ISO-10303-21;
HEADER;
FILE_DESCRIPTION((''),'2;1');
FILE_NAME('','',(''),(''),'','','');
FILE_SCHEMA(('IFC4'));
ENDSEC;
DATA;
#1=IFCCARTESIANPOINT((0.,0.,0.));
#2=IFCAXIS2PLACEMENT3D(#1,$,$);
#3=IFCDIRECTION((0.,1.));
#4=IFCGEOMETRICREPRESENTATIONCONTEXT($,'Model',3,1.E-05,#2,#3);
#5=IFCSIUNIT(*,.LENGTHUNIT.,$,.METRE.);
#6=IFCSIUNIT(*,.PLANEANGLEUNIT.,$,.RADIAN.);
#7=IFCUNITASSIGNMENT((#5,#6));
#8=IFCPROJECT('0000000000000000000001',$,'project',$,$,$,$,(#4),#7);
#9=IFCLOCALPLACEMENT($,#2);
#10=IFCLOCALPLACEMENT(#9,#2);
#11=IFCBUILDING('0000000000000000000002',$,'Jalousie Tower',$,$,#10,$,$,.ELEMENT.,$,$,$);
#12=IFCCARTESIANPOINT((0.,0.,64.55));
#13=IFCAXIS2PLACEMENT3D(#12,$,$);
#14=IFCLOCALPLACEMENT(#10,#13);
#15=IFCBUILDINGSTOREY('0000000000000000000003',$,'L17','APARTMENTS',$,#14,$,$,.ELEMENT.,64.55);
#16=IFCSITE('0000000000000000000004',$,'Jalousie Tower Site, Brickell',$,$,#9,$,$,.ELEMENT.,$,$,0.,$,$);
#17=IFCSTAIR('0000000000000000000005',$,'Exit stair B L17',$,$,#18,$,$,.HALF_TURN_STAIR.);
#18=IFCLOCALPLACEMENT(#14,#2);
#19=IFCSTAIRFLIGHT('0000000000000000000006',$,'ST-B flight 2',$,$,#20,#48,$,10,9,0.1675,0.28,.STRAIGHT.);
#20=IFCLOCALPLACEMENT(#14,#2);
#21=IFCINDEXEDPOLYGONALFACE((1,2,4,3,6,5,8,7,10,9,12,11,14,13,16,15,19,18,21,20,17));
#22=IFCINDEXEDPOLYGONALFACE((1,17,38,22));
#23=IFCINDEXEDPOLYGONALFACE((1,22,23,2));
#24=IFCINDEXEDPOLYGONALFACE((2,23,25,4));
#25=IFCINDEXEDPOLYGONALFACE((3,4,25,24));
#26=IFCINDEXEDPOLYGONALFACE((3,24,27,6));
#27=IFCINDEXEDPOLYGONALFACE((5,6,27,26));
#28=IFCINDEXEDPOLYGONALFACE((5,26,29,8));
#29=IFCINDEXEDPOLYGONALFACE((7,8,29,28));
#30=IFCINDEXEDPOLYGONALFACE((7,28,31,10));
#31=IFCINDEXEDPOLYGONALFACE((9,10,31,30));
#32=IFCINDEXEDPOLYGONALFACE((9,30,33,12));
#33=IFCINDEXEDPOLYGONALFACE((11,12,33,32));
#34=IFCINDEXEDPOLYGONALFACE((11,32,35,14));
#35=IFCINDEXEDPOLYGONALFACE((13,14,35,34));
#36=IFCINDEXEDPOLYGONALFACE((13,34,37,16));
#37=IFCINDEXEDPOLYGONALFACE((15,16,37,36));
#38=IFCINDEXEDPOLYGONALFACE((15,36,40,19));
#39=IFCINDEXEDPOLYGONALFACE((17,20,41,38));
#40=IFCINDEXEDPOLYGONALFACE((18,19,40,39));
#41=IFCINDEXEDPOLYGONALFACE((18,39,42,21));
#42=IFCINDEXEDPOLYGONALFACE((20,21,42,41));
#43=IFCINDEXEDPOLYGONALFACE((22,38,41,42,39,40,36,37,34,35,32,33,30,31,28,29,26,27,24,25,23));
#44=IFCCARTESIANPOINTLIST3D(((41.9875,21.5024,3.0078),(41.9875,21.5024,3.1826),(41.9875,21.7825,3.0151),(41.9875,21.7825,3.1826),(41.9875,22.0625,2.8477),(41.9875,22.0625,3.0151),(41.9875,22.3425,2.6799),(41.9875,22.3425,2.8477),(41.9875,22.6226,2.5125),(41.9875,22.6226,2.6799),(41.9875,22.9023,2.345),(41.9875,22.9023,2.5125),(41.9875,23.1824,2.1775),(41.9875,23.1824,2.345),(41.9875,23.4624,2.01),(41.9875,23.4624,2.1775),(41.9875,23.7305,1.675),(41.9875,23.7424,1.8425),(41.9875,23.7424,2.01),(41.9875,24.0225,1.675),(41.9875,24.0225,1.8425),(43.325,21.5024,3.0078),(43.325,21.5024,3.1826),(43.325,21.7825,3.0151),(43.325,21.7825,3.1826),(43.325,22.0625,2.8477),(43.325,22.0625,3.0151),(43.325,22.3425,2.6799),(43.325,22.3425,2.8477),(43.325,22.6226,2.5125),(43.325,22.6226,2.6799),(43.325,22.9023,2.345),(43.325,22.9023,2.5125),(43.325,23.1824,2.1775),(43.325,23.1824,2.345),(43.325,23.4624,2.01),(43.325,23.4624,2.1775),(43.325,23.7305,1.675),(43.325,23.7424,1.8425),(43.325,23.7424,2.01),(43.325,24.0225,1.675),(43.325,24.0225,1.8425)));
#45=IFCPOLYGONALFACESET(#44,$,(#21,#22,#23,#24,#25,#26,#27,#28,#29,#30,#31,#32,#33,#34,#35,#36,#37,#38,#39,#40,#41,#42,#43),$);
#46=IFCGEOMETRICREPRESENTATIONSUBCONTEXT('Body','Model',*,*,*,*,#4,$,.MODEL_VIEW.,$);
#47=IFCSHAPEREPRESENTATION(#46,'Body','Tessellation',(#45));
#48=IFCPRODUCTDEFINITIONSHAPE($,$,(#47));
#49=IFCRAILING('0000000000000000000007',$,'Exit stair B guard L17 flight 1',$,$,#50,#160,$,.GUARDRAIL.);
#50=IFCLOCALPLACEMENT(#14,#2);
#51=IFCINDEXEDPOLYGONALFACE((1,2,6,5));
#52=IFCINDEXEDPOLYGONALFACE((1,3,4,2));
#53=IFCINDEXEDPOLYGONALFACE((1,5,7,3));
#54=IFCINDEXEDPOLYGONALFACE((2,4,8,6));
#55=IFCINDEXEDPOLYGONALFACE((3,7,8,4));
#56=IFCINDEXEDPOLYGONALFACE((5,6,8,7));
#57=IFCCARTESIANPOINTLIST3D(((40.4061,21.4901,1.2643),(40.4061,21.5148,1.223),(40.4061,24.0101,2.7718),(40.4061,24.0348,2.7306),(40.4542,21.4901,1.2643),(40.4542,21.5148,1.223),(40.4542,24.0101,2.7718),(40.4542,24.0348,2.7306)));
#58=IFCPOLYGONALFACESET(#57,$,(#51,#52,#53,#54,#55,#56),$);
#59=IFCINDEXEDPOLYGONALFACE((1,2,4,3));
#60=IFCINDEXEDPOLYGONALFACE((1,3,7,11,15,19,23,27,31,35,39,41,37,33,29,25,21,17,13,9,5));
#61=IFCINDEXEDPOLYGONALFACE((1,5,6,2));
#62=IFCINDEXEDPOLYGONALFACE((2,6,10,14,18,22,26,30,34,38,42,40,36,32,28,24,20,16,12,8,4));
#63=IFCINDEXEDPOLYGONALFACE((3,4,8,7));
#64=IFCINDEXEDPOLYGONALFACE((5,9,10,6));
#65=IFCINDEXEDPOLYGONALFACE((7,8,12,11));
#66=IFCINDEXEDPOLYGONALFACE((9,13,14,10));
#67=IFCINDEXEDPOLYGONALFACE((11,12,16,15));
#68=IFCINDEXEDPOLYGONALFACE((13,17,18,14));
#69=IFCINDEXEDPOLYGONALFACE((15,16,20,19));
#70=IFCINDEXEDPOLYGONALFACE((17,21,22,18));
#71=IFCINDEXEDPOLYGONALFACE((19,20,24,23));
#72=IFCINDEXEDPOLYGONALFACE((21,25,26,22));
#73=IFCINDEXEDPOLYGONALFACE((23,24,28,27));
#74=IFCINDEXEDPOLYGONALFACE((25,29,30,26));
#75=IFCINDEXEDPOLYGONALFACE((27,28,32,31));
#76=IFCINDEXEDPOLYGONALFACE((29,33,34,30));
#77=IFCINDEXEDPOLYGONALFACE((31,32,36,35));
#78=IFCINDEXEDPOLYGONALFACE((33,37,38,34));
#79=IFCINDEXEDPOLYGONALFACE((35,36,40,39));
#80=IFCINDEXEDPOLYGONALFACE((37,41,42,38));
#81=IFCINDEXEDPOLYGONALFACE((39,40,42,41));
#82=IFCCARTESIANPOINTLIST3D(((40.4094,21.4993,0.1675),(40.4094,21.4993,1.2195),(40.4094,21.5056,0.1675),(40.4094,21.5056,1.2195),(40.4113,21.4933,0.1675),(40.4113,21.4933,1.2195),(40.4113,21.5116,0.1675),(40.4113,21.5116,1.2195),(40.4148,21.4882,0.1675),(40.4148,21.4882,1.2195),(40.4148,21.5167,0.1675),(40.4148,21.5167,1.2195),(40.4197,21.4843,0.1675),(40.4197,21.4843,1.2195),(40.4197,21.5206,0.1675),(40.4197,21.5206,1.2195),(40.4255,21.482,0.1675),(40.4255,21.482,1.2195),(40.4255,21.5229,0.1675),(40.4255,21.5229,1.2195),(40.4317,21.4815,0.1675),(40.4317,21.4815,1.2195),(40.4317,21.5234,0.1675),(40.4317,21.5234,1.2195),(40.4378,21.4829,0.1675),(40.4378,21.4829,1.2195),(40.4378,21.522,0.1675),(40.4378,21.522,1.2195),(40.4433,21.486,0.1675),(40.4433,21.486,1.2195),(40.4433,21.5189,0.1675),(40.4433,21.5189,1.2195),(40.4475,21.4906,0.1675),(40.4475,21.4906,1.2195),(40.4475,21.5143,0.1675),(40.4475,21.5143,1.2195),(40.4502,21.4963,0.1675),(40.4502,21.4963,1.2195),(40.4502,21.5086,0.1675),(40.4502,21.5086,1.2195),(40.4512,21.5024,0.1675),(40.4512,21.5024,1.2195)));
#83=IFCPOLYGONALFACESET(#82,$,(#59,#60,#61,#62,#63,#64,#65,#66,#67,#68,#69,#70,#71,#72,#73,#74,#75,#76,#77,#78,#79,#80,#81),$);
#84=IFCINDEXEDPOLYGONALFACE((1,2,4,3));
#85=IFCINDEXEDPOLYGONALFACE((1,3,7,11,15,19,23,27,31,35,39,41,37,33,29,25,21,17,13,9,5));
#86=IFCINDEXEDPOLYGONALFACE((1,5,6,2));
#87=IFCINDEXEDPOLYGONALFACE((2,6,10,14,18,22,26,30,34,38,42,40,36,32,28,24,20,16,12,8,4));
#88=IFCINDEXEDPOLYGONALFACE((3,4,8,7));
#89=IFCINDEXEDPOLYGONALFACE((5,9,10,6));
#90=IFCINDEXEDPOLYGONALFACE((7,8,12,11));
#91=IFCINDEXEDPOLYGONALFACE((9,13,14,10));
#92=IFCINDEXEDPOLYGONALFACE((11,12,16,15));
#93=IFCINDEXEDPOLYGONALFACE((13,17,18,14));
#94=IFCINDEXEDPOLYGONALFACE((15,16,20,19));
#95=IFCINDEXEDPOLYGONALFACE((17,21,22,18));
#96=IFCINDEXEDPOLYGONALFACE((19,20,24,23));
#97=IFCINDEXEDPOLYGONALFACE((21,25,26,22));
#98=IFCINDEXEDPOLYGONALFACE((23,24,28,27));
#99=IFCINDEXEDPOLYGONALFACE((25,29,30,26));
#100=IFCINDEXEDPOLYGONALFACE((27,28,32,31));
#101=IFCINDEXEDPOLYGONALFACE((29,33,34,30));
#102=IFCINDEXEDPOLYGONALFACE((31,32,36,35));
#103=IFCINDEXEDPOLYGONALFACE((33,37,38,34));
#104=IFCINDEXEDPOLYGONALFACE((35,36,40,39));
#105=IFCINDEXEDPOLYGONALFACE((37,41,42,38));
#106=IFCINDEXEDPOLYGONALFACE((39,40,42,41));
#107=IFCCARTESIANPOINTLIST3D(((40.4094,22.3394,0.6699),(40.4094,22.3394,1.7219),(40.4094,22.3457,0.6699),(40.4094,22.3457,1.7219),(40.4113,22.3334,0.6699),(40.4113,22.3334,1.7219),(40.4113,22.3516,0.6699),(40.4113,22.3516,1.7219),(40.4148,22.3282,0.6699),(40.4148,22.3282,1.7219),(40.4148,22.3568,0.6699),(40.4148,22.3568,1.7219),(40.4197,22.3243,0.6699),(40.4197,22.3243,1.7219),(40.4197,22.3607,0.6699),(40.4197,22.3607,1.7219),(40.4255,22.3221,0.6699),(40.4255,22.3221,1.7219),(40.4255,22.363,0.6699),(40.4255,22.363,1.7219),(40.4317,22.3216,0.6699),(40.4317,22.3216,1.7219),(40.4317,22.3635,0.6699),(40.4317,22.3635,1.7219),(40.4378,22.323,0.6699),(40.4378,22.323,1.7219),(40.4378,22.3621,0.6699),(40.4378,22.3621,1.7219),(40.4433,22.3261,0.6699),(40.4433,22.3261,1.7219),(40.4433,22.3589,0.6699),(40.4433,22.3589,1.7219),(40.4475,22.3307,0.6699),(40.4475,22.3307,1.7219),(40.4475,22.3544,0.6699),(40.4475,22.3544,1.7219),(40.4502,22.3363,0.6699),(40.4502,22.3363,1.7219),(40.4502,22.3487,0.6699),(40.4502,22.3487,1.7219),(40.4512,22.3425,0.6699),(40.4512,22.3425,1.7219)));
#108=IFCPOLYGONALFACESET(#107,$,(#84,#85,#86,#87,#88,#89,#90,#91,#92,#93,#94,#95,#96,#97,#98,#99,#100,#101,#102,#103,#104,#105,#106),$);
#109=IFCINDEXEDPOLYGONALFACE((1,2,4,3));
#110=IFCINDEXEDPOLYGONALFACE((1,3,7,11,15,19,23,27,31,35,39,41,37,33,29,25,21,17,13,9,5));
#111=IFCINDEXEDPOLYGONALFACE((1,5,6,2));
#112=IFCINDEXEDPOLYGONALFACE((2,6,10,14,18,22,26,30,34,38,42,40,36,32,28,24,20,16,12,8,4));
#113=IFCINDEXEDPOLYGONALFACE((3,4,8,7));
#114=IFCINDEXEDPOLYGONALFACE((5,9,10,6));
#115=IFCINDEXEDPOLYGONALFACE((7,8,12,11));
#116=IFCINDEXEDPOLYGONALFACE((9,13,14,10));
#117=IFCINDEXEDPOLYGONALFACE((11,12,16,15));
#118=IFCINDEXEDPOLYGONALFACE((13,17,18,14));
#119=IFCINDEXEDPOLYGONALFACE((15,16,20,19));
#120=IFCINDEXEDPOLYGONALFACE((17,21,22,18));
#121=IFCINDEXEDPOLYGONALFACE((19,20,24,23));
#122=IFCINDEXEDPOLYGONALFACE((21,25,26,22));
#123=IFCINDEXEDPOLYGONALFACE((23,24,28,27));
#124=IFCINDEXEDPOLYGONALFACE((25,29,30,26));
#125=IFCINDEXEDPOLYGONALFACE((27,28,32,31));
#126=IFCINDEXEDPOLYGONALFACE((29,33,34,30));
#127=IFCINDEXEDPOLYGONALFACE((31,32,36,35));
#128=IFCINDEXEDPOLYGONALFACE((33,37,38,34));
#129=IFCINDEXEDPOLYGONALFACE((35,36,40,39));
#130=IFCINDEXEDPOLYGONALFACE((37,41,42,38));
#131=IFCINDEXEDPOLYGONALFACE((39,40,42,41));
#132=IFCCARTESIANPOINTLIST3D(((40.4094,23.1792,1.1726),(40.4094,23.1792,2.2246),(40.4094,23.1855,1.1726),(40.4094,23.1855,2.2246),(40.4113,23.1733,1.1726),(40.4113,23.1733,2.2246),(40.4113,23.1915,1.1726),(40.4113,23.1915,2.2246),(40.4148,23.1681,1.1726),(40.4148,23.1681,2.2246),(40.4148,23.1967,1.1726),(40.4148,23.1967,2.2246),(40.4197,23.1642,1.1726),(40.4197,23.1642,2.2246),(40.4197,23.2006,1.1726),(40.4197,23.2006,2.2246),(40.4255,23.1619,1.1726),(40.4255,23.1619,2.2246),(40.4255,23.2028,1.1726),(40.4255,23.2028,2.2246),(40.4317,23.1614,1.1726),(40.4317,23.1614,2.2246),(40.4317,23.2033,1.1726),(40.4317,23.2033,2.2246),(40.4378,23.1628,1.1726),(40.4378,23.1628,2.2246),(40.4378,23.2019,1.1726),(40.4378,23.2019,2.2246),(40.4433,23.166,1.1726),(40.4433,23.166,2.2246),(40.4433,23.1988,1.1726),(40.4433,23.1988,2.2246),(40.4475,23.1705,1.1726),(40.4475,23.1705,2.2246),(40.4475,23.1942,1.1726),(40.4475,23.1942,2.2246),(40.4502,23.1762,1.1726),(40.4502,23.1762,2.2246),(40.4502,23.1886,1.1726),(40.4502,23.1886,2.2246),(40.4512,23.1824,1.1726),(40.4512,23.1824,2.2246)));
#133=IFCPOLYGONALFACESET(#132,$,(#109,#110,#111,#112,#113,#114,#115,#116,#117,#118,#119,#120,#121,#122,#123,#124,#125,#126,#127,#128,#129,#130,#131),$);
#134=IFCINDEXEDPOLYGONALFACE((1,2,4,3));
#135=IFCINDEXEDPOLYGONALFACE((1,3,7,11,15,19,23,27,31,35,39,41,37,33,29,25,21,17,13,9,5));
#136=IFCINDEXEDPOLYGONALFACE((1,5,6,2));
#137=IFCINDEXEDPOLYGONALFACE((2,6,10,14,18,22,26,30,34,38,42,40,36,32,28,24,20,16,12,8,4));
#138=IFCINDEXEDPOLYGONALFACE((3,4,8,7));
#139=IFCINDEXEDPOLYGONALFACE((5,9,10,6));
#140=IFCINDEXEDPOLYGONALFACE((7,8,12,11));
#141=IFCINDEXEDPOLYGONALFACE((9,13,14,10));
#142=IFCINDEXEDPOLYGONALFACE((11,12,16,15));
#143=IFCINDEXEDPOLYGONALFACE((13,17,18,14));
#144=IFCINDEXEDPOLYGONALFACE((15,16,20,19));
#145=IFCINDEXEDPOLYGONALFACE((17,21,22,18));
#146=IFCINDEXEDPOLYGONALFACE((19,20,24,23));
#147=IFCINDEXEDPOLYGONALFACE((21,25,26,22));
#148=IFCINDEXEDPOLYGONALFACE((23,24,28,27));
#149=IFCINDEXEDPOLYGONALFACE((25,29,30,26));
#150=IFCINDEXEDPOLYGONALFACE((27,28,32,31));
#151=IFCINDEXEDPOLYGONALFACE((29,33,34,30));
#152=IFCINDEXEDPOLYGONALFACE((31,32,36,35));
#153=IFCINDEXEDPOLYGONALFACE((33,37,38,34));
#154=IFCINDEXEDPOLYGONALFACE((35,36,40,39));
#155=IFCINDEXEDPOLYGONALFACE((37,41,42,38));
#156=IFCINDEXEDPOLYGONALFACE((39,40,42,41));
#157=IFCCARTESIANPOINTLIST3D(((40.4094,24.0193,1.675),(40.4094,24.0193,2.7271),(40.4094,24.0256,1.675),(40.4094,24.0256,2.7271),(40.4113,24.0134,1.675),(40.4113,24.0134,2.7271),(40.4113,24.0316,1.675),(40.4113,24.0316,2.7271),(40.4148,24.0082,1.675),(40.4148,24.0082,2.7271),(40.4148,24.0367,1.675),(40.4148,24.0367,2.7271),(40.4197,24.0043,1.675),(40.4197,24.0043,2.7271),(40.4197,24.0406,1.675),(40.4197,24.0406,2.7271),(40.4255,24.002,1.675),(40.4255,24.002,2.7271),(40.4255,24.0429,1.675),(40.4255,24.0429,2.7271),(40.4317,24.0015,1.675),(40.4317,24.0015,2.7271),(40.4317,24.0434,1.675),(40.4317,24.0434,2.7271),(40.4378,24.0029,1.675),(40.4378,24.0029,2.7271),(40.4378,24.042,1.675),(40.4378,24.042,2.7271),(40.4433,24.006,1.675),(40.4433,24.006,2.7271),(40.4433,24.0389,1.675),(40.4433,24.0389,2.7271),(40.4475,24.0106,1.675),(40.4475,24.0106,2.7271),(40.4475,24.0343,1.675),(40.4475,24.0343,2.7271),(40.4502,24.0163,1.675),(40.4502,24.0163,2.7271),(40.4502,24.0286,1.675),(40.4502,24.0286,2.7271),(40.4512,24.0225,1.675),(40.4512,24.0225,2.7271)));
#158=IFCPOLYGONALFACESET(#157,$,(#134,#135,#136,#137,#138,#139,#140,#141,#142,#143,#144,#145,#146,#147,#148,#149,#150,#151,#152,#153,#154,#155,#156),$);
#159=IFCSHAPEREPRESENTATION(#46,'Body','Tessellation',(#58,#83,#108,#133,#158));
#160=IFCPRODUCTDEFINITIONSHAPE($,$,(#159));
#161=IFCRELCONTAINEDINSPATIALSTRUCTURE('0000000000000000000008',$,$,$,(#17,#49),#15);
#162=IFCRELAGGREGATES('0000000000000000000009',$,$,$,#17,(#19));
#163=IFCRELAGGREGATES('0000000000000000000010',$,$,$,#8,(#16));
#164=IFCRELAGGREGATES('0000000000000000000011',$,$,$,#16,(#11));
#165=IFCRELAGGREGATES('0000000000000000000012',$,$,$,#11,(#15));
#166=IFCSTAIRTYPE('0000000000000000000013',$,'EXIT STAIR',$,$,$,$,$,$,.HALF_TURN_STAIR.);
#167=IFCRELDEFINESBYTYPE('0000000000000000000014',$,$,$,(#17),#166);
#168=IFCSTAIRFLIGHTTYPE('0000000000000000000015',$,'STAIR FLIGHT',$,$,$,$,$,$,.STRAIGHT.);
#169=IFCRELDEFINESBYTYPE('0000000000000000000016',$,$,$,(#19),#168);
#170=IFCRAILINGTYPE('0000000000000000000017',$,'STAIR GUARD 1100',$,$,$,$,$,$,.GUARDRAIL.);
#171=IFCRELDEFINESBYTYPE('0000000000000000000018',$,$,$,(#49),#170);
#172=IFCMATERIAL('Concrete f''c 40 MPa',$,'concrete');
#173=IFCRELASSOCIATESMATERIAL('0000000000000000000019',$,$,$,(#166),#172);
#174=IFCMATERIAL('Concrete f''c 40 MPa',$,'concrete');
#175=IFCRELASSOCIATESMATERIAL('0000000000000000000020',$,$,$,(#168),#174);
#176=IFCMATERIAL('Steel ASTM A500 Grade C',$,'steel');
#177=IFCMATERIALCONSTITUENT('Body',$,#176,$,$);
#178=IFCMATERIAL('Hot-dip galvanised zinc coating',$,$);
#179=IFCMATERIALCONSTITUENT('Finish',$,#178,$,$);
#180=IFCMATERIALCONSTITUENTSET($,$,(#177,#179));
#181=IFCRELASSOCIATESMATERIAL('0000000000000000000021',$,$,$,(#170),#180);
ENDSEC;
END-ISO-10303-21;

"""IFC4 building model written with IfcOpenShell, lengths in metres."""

from ifc_helpers import new_model, si_unit, direction, frame, origin, origin_2d, place, context, subcontext, project, spatial, polyline, rectangle, circle, outline, extrude, material, constituent, constituent_set, type_object, element, aggregate, save


model = new_model("IFC4")

# Units and contexts
model_context = context("Model", 3, precision=1e-05, world=origin(), true_north=direction((0.0, 1.0)))
body_context = subcontext(model_context, "Body", "Model", "MODEL_VIEW")
ifc_project = project(units=[si_unit("LENGTHUNIT", "METRE"), si_unit("PLANEANGLEUNIT", "RADIAN")], contexts=[model_context])

# Site, building, storey
site_placement = place(None, origin())
site = spatial("IfcSite", under=ifc_project, at=site_placement, Name="Jalousie Tower Site, Brickell", CompositionType="ELEMENT", RefElevation=0.0)
building_placement = place(site_placement, origin())
building = spatial("IfcBuilding", under=site, at=building_placement, Name="Jalousie Tower", CompositionType="ELEMENT")
storey_placement = place(building_placement, frame((0.0, 0.0, 64.55)))
storey = spatial("IfcBuildingStorey", under=building, at=storey_placement, Name="L17", Description="APARTMENTS", CompositionType="ELEMENT", Elevation=64.55)

# Stair, stair flight
ifc_material_1 = material(Name="Concrete f'c 40 MPa", Category="concrete")
stair_type = type_object("IfcStairType", Name="EXIT STAIR", PredefinedType="HALF_TURN_STAIR", material=ifc_material_1)
stair_placement = place(storey_placement, origin())
stair = element("IfcStair", 1, at=stair_placement, inside=storey, type_object=stair_type, Name="Exit stair B L17", PredefinedType="HALF_TURN_STAIR")
ifc_material_2 = material(Name="Concrete f'c 40 MPa", Category="concrete")
stair_flight_type = type_object("IfcStairFlightType", Name="STAIR FLIGHT", PredefinedType="STRAIGHT", material=ifc_material_2)
stair_flight_1_placement = place(storey_placement, frame((42.6562, 24.0225, 1.675), z_axis=(0.0, 0.0, 1.0), x_axis=(0.0, -1.0, 0.0)))
stair_flight_1 = element("IfcStairFlight", 2, at=stair_flight_1_placement, type_object=stair_flight_type, Name="ST-B flight 2", NumberOfRisers=10, NumberOfTreads=9, PredefinedType="STRAIGHT", RiserHeight=0.1675, TreadLength=0.28, context=body_context, shape_type="SweptSolid", body=[
    extrude(outline(polyline([(0.0, 0.0), (0.0, 0.1675), (0.28, 0.1675), (0.28, 0.335), (0.5601, 0.335), (0.5601, 0.5024), (0.8401, 0.5024), (0.8401, 0.6699), (1.1201, 0.6699), (1.1201, 0.8374), (1.3999, 0.8374), (1.3999, 1.0049), (1.6799, 1.0049), (1.6799, 1.1726), (1.96, 1.1726), (1.96, 1.3401), (2.24, 1.3401), (2.24, 1.5076), (2.52, 1.5076), (2.52, 1.675), (2.52, 1.3328), (0.292, 0.0), (0.0, 0.0)])), frame((0.0, 0.6687, 0.0), z_axis=(0.0, -1.0, 0.0), x_axis=(1.0, 0.0, 0.0)), (0.0, 0.0, 1.0), 1.3374),
])
aggregate(stair, [stair_flight_1])

# Railing
ifc_material_3 = material(Name="Steel ASTM A500 Grade C", Category="steel")
ifc_constituent_1 = constituent(ifc_material_3, Name="Body")
ifc_material_4 = material(Name="Hot-dip galvanised zinc coating")
ifc_constituent_2 = constituent(ifc_material_4, Name="Finish")
ifc_constituent_set_1 = constituent_set(constituents=[ifc_constituent_1, ifc_constituent_2])
railing_type_1 = type_object("IfcRailingType", Name="STAIR GUARD 1100", PredefinedType="GUARDRAIL", material=ifc_constituent_set_1)
railing_1_placement = place(storey_placement, frame((40.4302, 21.5024, 0.1675)))
element("IfcRailing", 3, at=railing_1_placement, inside=storey, type_object=railing_type_1, Name="Exit stair B guard L17 flight 1", PredefinedType="GUARDRAIL", context=body_context, shape_type="SweptSolid", body=[
    extrude(rectangle(XDim=0.0481, YDim=0.0481, at=origin_2d()), frame((0.0, 0.0, 1.0762), z_axis=(0.0, 0.85816, 0.513383), x_axis=(-1.0, 0.0, 0.0)), (0.0, 0.0, 1.0), 2.9365),
    extrude(circle(Radius=0.021, at=origin_2d()), origin(), (0.0, 0.0, 1.0), 1.052),
    extrude(circle(Radius=0.021, at=origin_2d()), frame((0.0, 0.8401, 0.5024)), (0.0, 0.0, 1.0), 1.052),
    extrude(circle(Radius=0.021, at=origin_2d()), frame((0.0, 1.6799, 1.0051)), (0.0, 0.0, 1.0), 1.052),
    extrude(circle(Radius=0.021, at=origin_2d()), frame((0.0, 2.52, 1.5076)), (0.0, 0.0, 1.0), 1.052),
])

save(model, "model.ifc")
